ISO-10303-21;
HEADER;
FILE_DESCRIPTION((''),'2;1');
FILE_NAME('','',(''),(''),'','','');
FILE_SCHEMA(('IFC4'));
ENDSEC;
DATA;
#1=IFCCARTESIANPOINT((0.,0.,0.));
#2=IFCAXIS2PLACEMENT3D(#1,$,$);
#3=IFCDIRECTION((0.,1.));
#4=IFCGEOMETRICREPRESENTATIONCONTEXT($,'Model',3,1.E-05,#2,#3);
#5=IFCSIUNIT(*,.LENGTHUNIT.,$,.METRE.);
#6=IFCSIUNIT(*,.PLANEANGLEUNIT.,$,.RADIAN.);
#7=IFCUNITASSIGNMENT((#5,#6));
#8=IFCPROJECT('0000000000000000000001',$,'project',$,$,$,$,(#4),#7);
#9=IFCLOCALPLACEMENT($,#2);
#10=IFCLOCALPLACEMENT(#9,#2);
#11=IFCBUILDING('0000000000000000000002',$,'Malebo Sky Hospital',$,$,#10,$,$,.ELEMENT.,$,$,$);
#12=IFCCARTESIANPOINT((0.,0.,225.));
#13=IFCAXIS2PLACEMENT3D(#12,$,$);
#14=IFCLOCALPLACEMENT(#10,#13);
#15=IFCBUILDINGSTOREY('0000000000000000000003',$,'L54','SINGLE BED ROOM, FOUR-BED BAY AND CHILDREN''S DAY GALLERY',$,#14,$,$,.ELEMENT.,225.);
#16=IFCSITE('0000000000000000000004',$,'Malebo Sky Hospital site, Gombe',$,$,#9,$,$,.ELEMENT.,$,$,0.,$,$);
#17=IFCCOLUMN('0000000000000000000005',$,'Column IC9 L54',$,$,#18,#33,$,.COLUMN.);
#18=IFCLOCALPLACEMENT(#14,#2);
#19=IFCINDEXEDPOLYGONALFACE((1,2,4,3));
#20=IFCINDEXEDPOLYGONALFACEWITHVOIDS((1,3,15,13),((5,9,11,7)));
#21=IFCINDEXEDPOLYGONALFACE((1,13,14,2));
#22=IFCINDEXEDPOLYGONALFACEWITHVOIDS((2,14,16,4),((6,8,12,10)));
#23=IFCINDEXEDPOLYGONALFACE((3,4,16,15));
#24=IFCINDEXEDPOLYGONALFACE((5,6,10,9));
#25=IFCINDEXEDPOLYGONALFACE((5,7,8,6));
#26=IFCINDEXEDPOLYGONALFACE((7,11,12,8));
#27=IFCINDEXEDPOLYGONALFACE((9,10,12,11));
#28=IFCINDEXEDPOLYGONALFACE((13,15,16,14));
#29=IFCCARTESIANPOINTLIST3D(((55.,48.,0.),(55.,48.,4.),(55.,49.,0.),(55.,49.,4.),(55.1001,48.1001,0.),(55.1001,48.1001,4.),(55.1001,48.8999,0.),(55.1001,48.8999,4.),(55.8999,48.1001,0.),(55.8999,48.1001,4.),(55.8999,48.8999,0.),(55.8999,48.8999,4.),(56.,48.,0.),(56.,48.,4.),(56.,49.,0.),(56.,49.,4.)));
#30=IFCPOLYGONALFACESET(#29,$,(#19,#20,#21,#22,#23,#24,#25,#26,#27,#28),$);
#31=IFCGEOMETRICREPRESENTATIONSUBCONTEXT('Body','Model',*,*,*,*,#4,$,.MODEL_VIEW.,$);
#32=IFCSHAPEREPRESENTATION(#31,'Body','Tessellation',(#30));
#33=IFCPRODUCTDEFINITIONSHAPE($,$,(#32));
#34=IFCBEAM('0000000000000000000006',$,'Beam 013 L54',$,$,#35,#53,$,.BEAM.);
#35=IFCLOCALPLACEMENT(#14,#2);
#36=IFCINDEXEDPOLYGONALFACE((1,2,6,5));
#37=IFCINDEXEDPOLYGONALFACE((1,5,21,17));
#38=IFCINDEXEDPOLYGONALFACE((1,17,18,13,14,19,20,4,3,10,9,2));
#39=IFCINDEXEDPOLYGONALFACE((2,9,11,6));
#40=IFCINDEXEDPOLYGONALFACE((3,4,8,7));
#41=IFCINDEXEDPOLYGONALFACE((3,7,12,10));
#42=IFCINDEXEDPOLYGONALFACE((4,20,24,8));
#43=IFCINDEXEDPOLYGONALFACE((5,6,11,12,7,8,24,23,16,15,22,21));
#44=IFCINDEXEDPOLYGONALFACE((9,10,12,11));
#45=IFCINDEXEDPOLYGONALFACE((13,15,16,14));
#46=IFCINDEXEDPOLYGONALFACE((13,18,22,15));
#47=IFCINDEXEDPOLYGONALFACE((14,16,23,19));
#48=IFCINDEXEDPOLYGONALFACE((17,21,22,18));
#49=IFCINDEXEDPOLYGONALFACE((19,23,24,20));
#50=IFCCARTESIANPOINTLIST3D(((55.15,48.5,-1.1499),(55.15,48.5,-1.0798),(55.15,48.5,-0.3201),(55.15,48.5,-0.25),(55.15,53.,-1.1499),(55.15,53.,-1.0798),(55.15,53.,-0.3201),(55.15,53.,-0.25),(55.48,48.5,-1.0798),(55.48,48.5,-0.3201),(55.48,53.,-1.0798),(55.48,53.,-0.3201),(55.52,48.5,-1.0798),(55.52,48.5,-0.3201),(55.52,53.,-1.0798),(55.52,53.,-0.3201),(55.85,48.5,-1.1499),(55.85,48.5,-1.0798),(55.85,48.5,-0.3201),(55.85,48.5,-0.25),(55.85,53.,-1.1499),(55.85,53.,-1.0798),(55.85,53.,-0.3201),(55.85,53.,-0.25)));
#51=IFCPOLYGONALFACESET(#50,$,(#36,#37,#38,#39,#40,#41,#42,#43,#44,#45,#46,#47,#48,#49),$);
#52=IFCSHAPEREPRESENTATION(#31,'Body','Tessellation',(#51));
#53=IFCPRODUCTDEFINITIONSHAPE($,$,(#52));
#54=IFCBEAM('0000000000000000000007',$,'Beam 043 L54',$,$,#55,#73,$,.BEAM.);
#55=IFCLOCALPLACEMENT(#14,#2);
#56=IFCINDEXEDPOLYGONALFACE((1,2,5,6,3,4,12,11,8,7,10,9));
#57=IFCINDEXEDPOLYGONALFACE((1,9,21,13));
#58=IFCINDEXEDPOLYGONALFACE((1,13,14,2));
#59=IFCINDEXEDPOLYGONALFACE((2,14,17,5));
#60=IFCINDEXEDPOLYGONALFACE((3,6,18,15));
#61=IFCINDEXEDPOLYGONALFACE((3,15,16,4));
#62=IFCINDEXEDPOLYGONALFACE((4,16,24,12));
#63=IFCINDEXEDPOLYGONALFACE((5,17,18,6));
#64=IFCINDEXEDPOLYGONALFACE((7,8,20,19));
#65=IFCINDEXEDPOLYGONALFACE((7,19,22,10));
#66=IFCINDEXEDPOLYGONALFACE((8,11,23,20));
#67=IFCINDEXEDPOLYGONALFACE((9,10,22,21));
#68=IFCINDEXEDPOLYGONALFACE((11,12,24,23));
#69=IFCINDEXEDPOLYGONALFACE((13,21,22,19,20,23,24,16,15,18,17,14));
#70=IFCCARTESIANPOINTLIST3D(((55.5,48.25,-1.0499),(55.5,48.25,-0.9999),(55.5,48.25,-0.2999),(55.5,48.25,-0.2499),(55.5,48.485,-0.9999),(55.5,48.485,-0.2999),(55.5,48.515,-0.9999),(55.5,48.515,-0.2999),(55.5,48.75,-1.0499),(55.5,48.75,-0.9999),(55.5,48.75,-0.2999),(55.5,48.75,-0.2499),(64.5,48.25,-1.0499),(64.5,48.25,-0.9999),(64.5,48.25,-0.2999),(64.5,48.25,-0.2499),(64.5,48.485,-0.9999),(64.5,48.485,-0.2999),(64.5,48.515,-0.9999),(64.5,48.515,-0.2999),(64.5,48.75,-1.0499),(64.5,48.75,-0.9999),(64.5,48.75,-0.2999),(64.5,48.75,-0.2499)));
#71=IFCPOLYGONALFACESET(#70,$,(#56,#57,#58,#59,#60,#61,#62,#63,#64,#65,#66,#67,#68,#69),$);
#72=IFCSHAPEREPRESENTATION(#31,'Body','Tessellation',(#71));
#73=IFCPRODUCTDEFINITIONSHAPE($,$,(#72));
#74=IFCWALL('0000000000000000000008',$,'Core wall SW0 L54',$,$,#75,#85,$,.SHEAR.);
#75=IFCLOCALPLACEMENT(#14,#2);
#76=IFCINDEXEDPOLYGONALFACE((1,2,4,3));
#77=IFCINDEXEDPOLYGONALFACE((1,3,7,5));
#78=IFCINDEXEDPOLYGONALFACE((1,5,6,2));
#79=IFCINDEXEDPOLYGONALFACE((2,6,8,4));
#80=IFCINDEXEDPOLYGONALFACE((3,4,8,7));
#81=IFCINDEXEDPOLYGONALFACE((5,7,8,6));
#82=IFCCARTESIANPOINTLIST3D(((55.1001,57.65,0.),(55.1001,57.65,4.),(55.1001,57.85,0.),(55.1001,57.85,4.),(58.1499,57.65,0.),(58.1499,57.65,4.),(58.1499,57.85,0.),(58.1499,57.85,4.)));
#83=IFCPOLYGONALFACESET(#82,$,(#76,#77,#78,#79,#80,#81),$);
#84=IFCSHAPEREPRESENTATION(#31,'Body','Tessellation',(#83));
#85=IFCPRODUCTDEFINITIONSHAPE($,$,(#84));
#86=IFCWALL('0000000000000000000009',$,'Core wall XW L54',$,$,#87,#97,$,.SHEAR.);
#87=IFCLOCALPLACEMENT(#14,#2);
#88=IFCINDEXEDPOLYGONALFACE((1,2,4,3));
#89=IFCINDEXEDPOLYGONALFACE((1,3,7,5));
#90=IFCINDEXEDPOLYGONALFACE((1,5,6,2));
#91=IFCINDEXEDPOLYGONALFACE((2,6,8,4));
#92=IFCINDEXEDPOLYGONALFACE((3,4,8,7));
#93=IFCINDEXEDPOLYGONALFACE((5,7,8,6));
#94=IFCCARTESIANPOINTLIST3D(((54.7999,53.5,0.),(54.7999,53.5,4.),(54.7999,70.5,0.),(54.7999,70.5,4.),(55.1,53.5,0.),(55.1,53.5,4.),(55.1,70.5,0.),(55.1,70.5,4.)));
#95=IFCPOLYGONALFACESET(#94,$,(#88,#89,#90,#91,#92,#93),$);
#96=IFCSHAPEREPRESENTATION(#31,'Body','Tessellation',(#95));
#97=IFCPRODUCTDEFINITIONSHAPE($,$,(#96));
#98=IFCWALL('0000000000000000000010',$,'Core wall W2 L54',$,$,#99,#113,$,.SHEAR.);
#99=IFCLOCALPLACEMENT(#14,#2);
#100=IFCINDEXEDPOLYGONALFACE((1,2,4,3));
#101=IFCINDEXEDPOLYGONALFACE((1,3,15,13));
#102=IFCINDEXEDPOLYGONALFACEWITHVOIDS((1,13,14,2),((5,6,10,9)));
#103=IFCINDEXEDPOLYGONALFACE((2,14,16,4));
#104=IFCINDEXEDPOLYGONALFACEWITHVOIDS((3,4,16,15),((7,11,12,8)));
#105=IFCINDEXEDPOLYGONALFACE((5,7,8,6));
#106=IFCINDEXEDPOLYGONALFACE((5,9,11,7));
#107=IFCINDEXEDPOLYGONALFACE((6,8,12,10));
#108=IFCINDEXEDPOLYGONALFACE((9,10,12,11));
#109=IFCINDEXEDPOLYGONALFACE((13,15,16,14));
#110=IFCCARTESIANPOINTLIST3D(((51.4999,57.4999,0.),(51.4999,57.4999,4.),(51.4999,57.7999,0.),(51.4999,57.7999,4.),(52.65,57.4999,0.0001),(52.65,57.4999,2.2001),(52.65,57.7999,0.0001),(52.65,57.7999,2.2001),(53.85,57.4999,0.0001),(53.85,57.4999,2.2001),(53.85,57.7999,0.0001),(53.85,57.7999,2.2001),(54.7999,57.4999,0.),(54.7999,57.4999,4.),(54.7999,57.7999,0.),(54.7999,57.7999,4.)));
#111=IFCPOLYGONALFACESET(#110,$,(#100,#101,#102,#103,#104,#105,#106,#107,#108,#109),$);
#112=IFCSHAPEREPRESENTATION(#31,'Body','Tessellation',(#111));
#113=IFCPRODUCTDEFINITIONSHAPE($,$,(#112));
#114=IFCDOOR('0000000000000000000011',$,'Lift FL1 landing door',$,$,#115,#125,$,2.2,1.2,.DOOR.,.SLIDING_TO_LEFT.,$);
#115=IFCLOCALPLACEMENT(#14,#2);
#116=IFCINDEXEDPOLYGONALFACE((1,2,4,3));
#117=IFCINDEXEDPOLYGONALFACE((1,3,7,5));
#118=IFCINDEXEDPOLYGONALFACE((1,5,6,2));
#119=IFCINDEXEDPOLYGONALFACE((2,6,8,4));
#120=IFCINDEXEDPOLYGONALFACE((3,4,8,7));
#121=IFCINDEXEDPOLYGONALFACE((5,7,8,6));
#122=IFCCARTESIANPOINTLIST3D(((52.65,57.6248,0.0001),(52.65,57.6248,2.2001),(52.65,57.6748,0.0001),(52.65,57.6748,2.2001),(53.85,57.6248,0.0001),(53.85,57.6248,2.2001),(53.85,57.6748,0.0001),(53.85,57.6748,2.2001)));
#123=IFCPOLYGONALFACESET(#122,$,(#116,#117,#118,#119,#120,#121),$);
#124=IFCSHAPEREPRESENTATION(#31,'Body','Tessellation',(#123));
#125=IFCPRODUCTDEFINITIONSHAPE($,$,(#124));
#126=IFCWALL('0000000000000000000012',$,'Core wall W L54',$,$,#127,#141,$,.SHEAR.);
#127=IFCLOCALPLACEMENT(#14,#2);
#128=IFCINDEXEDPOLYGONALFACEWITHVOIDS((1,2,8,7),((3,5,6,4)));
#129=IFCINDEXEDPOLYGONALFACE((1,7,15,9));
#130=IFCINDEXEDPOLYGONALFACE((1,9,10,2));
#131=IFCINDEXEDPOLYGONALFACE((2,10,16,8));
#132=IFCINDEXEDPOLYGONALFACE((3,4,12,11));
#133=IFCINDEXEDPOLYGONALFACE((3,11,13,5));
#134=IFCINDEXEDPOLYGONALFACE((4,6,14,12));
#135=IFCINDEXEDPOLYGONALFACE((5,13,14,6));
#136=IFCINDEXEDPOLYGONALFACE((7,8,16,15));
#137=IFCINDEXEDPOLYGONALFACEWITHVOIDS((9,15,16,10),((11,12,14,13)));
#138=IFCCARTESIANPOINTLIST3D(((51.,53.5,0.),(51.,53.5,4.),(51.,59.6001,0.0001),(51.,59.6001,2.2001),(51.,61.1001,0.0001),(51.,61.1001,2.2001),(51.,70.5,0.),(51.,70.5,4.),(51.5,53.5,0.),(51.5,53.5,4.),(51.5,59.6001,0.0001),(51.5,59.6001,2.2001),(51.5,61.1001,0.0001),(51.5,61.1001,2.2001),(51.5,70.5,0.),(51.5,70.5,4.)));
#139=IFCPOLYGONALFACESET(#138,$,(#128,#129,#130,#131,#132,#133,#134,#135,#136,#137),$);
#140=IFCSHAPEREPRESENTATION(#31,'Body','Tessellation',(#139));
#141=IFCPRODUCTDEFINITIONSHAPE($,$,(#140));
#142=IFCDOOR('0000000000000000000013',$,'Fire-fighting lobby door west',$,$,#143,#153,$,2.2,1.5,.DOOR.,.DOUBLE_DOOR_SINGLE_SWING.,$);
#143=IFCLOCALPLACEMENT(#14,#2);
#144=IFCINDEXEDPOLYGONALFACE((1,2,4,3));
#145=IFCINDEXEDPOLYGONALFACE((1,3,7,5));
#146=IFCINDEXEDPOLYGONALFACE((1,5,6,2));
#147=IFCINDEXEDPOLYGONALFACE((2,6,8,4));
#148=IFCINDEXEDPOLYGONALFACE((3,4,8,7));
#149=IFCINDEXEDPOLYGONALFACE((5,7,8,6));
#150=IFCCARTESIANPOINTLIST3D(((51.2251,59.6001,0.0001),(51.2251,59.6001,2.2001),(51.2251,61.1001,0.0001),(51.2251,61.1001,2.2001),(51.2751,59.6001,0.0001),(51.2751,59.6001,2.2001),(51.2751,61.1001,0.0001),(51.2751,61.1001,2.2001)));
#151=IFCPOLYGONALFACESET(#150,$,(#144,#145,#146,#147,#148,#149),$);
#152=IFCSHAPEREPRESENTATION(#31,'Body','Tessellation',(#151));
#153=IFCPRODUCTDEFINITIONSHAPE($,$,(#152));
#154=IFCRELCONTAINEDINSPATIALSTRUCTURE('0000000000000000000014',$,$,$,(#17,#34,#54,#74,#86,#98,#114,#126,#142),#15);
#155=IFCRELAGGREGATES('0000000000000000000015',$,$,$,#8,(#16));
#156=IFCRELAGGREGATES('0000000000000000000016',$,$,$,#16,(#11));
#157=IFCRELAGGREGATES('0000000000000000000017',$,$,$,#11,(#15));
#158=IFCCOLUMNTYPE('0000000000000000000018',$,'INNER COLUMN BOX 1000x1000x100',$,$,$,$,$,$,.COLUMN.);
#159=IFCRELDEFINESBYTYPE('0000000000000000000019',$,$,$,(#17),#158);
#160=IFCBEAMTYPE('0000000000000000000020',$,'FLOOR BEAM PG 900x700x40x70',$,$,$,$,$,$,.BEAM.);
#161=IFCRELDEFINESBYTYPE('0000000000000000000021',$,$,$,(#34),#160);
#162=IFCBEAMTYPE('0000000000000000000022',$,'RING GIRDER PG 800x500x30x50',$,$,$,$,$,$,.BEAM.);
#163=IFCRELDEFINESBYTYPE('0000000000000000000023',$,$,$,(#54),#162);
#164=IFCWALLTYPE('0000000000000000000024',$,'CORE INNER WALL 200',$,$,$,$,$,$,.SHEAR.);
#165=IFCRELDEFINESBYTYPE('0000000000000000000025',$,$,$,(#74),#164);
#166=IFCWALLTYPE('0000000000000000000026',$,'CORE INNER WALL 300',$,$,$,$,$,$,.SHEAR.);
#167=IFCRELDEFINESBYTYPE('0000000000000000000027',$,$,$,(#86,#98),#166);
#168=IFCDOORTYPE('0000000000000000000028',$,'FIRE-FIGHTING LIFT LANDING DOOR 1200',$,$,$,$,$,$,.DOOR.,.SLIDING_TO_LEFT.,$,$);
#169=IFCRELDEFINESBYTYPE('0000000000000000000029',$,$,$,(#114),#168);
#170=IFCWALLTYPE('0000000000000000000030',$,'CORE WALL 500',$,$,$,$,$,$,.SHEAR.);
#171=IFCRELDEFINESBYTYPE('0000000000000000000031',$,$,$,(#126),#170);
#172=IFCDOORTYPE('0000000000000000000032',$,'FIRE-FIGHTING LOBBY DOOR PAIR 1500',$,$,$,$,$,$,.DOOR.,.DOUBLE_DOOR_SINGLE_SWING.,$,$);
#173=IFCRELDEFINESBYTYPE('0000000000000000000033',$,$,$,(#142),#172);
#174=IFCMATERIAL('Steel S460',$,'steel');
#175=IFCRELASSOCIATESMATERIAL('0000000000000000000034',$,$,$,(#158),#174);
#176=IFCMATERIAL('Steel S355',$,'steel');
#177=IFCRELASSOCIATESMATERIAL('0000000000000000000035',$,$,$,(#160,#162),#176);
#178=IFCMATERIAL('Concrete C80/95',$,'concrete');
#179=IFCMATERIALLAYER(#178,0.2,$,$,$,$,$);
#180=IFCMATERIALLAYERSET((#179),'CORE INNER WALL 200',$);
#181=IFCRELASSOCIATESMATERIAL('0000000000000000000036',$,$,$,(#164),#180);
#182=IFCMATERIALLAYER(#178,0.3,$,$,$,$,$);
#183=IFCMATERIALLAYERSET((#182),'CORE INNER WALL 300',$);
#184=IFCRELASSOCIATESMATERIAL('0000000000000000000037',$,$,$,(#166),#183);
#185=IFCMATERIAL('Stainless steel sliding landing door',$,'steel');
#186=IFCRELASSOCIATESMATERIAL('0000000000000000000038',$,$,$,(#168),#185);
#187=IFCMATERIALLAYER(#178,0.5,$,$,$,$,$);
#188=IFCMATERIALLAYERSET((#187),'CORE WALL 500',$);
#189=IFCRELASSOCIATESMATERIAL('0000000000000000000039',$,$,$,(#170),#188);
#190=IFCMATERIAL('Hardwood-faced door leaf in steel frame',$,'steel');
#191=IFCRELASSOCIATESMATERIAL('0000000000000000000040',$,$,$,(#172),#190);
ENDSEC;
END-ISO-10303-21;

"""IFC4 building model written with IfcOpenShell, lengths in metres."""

from ifc_helpers import new_model, si_unit, direction, frame, frame_2d, origin, origin_2d, place, context, subcontext, project, spatial, rectangle, hollow_rectangle, i_section, extrude, material, layer, layer_set, material_profile, profile_set, type_object, element, fill, save


model = new_model("IFC4")

# Units and contexts
model_context = context("Model", 3, precision=1e-05, world=origin(), true_north=direction((0.0, 1.0)))
body_context = subcontext(model_context, "Body", "Model", "MODEL_VIEW")
ifc_project = project(units=[si_unit("LENGTHUNIT", "METRE"), si_unit("PLANEANGLEUNIT", "RADIAN")], contexts=[model_context])

# Site, building, storey
site_placement = place(None, origin())
site = spatial("IfcSite", under=ifc_project, at=site_placement, Name="Malebo Sky Hospital site, Gombe", CompositionType="ELEMENT", RefElevation=0.0)
building_placement = place(site_placement, origin())
building = spatial("IfcBuilding", under=site, at=building_placement, Name="Malebo Sky Hospital", CompositionType="ELEMENT")
storey_placement = place(building_placement, frame((0.0, 0.0, 225.0)))
storey = spatial("IfcBuildingStorey", under=building, at=storey_placement, Name="L54", Description="SINGLE BED ROOM, FOUR-BED BAY AND CHILDREN'S DAY GALLERY", CompositionType="ELEMENT", Elevation=225.0)

# Column
ifc_material_1 = material(Name="Steel S460", Category="steel")
ifc_material_profile_1 = material_profile(ifc_material_1, hollow_rectangle(XDim=1.0, YDim=1.0, WallThickness=0.1001, at=origin_2d()), Name="BOX 1000x1000x100")
ifc_profile_set_1 = profile_set([ifc_material_profile_1], Name="Steel S460")
column_type = type_object("IfcColumnType", Name="INNER COLUMN BOX 1000x1000x100", PredefinedType="COLUMN", material=ifc_profile_set_1)
column_placement = place(storey_placement, frame((55.5, 48.5, 0.0), z_axis=(0.0, 0.0, 1.0), x_axis=(1.0, 0.0, 0.0)))
element("IfcColumn", 1, at=column_placement, inside=storey, type_object=column_type, Name="Column IC9 L54", PredefinedType="COLUMN", context=body_context, shape_type="SweptSolid", body=[
    extrude(hollow_rectangle(XDim=1.0, YDim=1.0, WallThickness=0.1001, at=origin_2d()), origin(), (0.0, 0.0, 1.0), 4.0),
])

# Beams
ifc_material_2 = material(Name="Steel S355", Category="steel")
ifc_material_profile_2 = material_profile(ifc_material_2, i_section(OverallWidth=0.7, OverallDepth=0.8999, WebThickness=0.04, FlangeThickness=0.0701, at=origin_2d()), Name="PG 900x700x40x70")
ifc_profile_set_2 = profile_set([ifc_material_profile_2], Name="Steel S355")
beam_type_1 = type_object("IfcBeamType", Name="FLOOR BEAM PG 900x700x40x70", PredefinedType="BEAM", material=ifc_profile_set_2)
beam_1_placement = place(storey_placement, frame((55.5, 48.5, -0.7), z_axis=(0.0, 1.0, 0.0), x_axis=(-1.0, 0.0, 0.0)))
element("IfcBeam", 2, at=beam_1_placement, inside=storey, type_object=beam_type_1, Name="Beam 013 L54", PredefinedType="BEAM", context=body_context, shape_type="SweptSolid", body=[
    extrude(i_section(OverallWidth=0.7, OverallDepth=0.8999, WebThickness=0.04, FlangeThickness=0.0701, at=origin_2d()), origin(), (0.0, 0.0, 1.0), 4.5),
])
ifc_material_profile_3 = material_profile(ifc_material_2, i_section(OverallWidth=0.5, OverallDepth=0.8, WebThickness=0.03, FlangeThickness=0.05, at=origin_2d()), Name="PG 800x500x30x50")
ifc_profile_set_3 = profile_set([ifc_material_profile_3], Name="Steel S355")
beam_type_2 = type_object("IfcBeamType", Name="RING GIRDER PG 800x500x30x50", PredefinedType="BEAM", material=ifc_profile_set_3)
beam_2_placement = place(storey_placement, frame((55.5, 48.5, -0.6499), z_axis=(1.0, 0.0, 0.0), x_axis=(0.0, 1.0, 0.0)))
element("IfcBeam", 3, at=beam_2_placement, inside=storey, type_object=beam_type_2, Name="Beam 043 L54", PredefinedType="BEAM", context=body_context, shape_type="SweptSolid", body=[
    extrude(i_section(OverallWidth=0.5, OverallDepth=0.8, WebThickness=0.03, FlangeThickness=0.05, at=origin_2d()), origin(), (0.0, 0.0, 1.0), 9.0),
])

# Walls
ifc_material_3 = material(Name="Concrete C80/95", Category="concrete")
ifc_layer_1 = layer(ifc_material_3, 0.2)
ifc_layer_set_1 = layer_set([ifc_layer_1], Name="CORE INNER WALL 200")
wall_type_1 = type_object("IfcWallType", Name="CORE INNER WALL 200", PredefinedType="SHEAR", material=ifc_layer_set_1)
wall_1_placement = place(storey_placement, frame((55.1001, 57.75, 0.0), z_axis=(0.0, 0.0, 1.0), x_axis=(1.0, 0.0, 0.0)))
element("IfcWall", 4, at=wall_1_placement, inside=storey, type_object=wall_type_1, Name="Core wall SW0 L54", PredefinedType="SHEAR", context=body_context, shape_type="SweptSolid", body=[
    extrude(rectangle(XDim=3.0498, YDim=0.2, at=frame_2d((1.5249, 0.0))), origin(), (0.0, 0.0, 1.0), 4.0),
])
ifc_layer_2 = layer(ifc_material_3, 0.3)
ifc_layer_set_2 = layer_set([ifc_layer_2], Name="CORE INNER WALL 300")
wall_type_2 = type_object("IfcWallType", Name="CORE INNER WALL 300", PredefinedType="SHEAR", material=ifc_layer_set_2)
wall_2_placement = place(storey_placement, frame((54.95, 53.5, 0.0), z_axis=(0.0, 0.0, 1.0), x_axis=(0.0, 1.0, 0.0)))
element("IfcWall", 5, at=wall_2_placement, inside=storey, type_object=wall_type_2, Name="Core wall XW L54", PredefinedType="SHEAR", context=body_context, shape_type="SweptSolid", body=[
    extrude(rectangle(XDim=17.0, YDim=0.3, at=frame_2d((8.5, 0.0))), origin(), (0.0, 0.0, 1.0), 4.0),
])

# Walls, openings, doors
wall_3_placement = place(storey_placement, frame((51.5, 57.6499, 0.0), z_axis=(0.0, 0.0, 1.0), x_axis=(1.0, 0.0, 0.0)))
wall_3 = element("IfcWall", 6, at=wall_3_placement, inside=storey, type_object=wall_type_2, Name="Core wall W2 L54", PredefinedType="SHEAR", context=body_context, shape_type="SweptSolid", body=[
    extrude(rectangle(XDim=3.3, YDim=0.3, at=frame_2d((1.6499, 0.0))), origin(), (0.0, 0.0, 1.0), 4.0),
])
opening_1_placement = place(wall_3_placement, frame((1.1499, 0.0, 0.0)))
opening_1 = element("IfcOpeningElement", 7, at=opening_1_placement, cuts=wall_3, PredefinedType="OPENING", context=body_context, shape_type="SweptSolid", body=[
    extrude(rectangle(XDim=1.2, YDim=2.2, at=frame_2d((0.6001, 1.1001))), frame((0.0, 0.1599, 0.0), z_axis=(0.0, -1.0, 0.0), x_axis=(1.0, 0.0, 0.0)), (0.0, 0.0, 1.0), 0.3201),
])
ifc_material_4 = material(Name="Stainless steel sliding landing door", Category="steel")
door_type_1 = type_object("IfcDoorType", Name="FIRE-FIGHTING LIFT LANDING DOOR 1200", OperationType="SLIDING_TO_LEFT", PredefinedType="DOOR", material=ifc_material_4)
door_1_placement = place(opening_1_placement, origin())
door_1 = element("IfcDoor", 8, at=door_1_placement, inside=storey, type_object=door_type_1, Name="Lift FL1 landing door", OperationType="SLIDING_TO_LEFT", OverallHeight=2.2, OverallWidth=1.2, PredefinedType="DOOR", context=body_context, shape_type="SweptSolid", body=[
    extrude(rectangle(XDim=1.2, YDim=2.2, at=frame_2d((0.6001, 1.1001))), frame((0.0, 0.0249, 0.0), z_axis=(0.0, -1.0, 0.0), x_axis=(1.0, 0.0, 0.0)), (0.0, 0.0, 1.0), 0.05),
])
fill(opening_1, door_1)
ifc_layer_3 = layer(ifc_material_3, 0.5)
ifc_layer_set_3 = layer_set([ifc_layer_3], Name="CORE WALL 500")
wall_type_3 = type_object("IfcWallType", Name="CORE WALL 500", PredefinedType="SHEAR", material=ifc_layer_set_3)
wall_4_placement = place(storey_placement, frame((51.25, 53.5, 0.0), z_axis=(0.0, 0.0, 1.0), x_axis=(0.0, 1.0, 0.0)))
wall_4 = element("IfcWall", 9, at=wall_4_placement, inside=storey, type_object=wall_type_3, Name="Core wall W L54", PredefinedType="SHEAR", context=body_context, shape_type="SweptSolid", body=[
    extrude(rectangle(XDim=17.0, YDim=0.5, at=frame_2d((8.5, 0.0))), origin(), (0.0, 0.0, 1.0), 4.0),
])
opening_2_placement = place(wall_4_placement, frame((6.1001, 0.0, 0.0)))
opening_2 = element("IfcOpeningElement", 10, at=opening_2_placement, cuts=wall_4, PredefinedType="OPENING", context=body_context, shape_type="SweptSolid", body=[
    extrude(rectangle(XDim=1.5, YDim=2.2, at=frame_2d((0.75, 1.1001))), frame((0.0, 0.26, 0.0), z_axis=(0.0, -1.0, 0.0), x_axis=(1.0, 0.0, 0.0)), (0.0, 0.0, 1.0), 0.52),
])
ifc_material_5 = material(Name="Hardwood-faced door leaf in steel frame", Category="steel")
door_type_2 = type_object("IfcDoorType", Name="FIRE-FIGHTING LOBBY DOOR PAIR 1500", OperationType="DOUBLE_DOOR_SINGLE_SWING", PredefinedType="DOOR", material=ifc_material_5)
door_2_placement = place(opening_2_placement, origin())
door_2 = element("IfcDoor", 11, at=door_2_placement, inside=storey, type_object=door_type_2, Name="Fire-fighting lobby door west", OperationType="DOUBLE_DOOR_SINGLE_SWING", OverallHeight=2.2, OverallWidth=1.5, PredefinedType="DOOR", context=body_context, shape_type="SweptSolid", body=[
    extrude(rectangle(XDim=1.5, YDim=2.2, at=frame_2d((0.75, 1.1001))), frame((0.0, 0.0249, 0.0), z_axis=(0.0, -1.0, 0.0), x_axis=(1.0, 0.0, 0.0)), (0.0, 0.0, 1.0), 0.05),
])
fill(opening_2, door_2)

save(model, "model.ifc")
